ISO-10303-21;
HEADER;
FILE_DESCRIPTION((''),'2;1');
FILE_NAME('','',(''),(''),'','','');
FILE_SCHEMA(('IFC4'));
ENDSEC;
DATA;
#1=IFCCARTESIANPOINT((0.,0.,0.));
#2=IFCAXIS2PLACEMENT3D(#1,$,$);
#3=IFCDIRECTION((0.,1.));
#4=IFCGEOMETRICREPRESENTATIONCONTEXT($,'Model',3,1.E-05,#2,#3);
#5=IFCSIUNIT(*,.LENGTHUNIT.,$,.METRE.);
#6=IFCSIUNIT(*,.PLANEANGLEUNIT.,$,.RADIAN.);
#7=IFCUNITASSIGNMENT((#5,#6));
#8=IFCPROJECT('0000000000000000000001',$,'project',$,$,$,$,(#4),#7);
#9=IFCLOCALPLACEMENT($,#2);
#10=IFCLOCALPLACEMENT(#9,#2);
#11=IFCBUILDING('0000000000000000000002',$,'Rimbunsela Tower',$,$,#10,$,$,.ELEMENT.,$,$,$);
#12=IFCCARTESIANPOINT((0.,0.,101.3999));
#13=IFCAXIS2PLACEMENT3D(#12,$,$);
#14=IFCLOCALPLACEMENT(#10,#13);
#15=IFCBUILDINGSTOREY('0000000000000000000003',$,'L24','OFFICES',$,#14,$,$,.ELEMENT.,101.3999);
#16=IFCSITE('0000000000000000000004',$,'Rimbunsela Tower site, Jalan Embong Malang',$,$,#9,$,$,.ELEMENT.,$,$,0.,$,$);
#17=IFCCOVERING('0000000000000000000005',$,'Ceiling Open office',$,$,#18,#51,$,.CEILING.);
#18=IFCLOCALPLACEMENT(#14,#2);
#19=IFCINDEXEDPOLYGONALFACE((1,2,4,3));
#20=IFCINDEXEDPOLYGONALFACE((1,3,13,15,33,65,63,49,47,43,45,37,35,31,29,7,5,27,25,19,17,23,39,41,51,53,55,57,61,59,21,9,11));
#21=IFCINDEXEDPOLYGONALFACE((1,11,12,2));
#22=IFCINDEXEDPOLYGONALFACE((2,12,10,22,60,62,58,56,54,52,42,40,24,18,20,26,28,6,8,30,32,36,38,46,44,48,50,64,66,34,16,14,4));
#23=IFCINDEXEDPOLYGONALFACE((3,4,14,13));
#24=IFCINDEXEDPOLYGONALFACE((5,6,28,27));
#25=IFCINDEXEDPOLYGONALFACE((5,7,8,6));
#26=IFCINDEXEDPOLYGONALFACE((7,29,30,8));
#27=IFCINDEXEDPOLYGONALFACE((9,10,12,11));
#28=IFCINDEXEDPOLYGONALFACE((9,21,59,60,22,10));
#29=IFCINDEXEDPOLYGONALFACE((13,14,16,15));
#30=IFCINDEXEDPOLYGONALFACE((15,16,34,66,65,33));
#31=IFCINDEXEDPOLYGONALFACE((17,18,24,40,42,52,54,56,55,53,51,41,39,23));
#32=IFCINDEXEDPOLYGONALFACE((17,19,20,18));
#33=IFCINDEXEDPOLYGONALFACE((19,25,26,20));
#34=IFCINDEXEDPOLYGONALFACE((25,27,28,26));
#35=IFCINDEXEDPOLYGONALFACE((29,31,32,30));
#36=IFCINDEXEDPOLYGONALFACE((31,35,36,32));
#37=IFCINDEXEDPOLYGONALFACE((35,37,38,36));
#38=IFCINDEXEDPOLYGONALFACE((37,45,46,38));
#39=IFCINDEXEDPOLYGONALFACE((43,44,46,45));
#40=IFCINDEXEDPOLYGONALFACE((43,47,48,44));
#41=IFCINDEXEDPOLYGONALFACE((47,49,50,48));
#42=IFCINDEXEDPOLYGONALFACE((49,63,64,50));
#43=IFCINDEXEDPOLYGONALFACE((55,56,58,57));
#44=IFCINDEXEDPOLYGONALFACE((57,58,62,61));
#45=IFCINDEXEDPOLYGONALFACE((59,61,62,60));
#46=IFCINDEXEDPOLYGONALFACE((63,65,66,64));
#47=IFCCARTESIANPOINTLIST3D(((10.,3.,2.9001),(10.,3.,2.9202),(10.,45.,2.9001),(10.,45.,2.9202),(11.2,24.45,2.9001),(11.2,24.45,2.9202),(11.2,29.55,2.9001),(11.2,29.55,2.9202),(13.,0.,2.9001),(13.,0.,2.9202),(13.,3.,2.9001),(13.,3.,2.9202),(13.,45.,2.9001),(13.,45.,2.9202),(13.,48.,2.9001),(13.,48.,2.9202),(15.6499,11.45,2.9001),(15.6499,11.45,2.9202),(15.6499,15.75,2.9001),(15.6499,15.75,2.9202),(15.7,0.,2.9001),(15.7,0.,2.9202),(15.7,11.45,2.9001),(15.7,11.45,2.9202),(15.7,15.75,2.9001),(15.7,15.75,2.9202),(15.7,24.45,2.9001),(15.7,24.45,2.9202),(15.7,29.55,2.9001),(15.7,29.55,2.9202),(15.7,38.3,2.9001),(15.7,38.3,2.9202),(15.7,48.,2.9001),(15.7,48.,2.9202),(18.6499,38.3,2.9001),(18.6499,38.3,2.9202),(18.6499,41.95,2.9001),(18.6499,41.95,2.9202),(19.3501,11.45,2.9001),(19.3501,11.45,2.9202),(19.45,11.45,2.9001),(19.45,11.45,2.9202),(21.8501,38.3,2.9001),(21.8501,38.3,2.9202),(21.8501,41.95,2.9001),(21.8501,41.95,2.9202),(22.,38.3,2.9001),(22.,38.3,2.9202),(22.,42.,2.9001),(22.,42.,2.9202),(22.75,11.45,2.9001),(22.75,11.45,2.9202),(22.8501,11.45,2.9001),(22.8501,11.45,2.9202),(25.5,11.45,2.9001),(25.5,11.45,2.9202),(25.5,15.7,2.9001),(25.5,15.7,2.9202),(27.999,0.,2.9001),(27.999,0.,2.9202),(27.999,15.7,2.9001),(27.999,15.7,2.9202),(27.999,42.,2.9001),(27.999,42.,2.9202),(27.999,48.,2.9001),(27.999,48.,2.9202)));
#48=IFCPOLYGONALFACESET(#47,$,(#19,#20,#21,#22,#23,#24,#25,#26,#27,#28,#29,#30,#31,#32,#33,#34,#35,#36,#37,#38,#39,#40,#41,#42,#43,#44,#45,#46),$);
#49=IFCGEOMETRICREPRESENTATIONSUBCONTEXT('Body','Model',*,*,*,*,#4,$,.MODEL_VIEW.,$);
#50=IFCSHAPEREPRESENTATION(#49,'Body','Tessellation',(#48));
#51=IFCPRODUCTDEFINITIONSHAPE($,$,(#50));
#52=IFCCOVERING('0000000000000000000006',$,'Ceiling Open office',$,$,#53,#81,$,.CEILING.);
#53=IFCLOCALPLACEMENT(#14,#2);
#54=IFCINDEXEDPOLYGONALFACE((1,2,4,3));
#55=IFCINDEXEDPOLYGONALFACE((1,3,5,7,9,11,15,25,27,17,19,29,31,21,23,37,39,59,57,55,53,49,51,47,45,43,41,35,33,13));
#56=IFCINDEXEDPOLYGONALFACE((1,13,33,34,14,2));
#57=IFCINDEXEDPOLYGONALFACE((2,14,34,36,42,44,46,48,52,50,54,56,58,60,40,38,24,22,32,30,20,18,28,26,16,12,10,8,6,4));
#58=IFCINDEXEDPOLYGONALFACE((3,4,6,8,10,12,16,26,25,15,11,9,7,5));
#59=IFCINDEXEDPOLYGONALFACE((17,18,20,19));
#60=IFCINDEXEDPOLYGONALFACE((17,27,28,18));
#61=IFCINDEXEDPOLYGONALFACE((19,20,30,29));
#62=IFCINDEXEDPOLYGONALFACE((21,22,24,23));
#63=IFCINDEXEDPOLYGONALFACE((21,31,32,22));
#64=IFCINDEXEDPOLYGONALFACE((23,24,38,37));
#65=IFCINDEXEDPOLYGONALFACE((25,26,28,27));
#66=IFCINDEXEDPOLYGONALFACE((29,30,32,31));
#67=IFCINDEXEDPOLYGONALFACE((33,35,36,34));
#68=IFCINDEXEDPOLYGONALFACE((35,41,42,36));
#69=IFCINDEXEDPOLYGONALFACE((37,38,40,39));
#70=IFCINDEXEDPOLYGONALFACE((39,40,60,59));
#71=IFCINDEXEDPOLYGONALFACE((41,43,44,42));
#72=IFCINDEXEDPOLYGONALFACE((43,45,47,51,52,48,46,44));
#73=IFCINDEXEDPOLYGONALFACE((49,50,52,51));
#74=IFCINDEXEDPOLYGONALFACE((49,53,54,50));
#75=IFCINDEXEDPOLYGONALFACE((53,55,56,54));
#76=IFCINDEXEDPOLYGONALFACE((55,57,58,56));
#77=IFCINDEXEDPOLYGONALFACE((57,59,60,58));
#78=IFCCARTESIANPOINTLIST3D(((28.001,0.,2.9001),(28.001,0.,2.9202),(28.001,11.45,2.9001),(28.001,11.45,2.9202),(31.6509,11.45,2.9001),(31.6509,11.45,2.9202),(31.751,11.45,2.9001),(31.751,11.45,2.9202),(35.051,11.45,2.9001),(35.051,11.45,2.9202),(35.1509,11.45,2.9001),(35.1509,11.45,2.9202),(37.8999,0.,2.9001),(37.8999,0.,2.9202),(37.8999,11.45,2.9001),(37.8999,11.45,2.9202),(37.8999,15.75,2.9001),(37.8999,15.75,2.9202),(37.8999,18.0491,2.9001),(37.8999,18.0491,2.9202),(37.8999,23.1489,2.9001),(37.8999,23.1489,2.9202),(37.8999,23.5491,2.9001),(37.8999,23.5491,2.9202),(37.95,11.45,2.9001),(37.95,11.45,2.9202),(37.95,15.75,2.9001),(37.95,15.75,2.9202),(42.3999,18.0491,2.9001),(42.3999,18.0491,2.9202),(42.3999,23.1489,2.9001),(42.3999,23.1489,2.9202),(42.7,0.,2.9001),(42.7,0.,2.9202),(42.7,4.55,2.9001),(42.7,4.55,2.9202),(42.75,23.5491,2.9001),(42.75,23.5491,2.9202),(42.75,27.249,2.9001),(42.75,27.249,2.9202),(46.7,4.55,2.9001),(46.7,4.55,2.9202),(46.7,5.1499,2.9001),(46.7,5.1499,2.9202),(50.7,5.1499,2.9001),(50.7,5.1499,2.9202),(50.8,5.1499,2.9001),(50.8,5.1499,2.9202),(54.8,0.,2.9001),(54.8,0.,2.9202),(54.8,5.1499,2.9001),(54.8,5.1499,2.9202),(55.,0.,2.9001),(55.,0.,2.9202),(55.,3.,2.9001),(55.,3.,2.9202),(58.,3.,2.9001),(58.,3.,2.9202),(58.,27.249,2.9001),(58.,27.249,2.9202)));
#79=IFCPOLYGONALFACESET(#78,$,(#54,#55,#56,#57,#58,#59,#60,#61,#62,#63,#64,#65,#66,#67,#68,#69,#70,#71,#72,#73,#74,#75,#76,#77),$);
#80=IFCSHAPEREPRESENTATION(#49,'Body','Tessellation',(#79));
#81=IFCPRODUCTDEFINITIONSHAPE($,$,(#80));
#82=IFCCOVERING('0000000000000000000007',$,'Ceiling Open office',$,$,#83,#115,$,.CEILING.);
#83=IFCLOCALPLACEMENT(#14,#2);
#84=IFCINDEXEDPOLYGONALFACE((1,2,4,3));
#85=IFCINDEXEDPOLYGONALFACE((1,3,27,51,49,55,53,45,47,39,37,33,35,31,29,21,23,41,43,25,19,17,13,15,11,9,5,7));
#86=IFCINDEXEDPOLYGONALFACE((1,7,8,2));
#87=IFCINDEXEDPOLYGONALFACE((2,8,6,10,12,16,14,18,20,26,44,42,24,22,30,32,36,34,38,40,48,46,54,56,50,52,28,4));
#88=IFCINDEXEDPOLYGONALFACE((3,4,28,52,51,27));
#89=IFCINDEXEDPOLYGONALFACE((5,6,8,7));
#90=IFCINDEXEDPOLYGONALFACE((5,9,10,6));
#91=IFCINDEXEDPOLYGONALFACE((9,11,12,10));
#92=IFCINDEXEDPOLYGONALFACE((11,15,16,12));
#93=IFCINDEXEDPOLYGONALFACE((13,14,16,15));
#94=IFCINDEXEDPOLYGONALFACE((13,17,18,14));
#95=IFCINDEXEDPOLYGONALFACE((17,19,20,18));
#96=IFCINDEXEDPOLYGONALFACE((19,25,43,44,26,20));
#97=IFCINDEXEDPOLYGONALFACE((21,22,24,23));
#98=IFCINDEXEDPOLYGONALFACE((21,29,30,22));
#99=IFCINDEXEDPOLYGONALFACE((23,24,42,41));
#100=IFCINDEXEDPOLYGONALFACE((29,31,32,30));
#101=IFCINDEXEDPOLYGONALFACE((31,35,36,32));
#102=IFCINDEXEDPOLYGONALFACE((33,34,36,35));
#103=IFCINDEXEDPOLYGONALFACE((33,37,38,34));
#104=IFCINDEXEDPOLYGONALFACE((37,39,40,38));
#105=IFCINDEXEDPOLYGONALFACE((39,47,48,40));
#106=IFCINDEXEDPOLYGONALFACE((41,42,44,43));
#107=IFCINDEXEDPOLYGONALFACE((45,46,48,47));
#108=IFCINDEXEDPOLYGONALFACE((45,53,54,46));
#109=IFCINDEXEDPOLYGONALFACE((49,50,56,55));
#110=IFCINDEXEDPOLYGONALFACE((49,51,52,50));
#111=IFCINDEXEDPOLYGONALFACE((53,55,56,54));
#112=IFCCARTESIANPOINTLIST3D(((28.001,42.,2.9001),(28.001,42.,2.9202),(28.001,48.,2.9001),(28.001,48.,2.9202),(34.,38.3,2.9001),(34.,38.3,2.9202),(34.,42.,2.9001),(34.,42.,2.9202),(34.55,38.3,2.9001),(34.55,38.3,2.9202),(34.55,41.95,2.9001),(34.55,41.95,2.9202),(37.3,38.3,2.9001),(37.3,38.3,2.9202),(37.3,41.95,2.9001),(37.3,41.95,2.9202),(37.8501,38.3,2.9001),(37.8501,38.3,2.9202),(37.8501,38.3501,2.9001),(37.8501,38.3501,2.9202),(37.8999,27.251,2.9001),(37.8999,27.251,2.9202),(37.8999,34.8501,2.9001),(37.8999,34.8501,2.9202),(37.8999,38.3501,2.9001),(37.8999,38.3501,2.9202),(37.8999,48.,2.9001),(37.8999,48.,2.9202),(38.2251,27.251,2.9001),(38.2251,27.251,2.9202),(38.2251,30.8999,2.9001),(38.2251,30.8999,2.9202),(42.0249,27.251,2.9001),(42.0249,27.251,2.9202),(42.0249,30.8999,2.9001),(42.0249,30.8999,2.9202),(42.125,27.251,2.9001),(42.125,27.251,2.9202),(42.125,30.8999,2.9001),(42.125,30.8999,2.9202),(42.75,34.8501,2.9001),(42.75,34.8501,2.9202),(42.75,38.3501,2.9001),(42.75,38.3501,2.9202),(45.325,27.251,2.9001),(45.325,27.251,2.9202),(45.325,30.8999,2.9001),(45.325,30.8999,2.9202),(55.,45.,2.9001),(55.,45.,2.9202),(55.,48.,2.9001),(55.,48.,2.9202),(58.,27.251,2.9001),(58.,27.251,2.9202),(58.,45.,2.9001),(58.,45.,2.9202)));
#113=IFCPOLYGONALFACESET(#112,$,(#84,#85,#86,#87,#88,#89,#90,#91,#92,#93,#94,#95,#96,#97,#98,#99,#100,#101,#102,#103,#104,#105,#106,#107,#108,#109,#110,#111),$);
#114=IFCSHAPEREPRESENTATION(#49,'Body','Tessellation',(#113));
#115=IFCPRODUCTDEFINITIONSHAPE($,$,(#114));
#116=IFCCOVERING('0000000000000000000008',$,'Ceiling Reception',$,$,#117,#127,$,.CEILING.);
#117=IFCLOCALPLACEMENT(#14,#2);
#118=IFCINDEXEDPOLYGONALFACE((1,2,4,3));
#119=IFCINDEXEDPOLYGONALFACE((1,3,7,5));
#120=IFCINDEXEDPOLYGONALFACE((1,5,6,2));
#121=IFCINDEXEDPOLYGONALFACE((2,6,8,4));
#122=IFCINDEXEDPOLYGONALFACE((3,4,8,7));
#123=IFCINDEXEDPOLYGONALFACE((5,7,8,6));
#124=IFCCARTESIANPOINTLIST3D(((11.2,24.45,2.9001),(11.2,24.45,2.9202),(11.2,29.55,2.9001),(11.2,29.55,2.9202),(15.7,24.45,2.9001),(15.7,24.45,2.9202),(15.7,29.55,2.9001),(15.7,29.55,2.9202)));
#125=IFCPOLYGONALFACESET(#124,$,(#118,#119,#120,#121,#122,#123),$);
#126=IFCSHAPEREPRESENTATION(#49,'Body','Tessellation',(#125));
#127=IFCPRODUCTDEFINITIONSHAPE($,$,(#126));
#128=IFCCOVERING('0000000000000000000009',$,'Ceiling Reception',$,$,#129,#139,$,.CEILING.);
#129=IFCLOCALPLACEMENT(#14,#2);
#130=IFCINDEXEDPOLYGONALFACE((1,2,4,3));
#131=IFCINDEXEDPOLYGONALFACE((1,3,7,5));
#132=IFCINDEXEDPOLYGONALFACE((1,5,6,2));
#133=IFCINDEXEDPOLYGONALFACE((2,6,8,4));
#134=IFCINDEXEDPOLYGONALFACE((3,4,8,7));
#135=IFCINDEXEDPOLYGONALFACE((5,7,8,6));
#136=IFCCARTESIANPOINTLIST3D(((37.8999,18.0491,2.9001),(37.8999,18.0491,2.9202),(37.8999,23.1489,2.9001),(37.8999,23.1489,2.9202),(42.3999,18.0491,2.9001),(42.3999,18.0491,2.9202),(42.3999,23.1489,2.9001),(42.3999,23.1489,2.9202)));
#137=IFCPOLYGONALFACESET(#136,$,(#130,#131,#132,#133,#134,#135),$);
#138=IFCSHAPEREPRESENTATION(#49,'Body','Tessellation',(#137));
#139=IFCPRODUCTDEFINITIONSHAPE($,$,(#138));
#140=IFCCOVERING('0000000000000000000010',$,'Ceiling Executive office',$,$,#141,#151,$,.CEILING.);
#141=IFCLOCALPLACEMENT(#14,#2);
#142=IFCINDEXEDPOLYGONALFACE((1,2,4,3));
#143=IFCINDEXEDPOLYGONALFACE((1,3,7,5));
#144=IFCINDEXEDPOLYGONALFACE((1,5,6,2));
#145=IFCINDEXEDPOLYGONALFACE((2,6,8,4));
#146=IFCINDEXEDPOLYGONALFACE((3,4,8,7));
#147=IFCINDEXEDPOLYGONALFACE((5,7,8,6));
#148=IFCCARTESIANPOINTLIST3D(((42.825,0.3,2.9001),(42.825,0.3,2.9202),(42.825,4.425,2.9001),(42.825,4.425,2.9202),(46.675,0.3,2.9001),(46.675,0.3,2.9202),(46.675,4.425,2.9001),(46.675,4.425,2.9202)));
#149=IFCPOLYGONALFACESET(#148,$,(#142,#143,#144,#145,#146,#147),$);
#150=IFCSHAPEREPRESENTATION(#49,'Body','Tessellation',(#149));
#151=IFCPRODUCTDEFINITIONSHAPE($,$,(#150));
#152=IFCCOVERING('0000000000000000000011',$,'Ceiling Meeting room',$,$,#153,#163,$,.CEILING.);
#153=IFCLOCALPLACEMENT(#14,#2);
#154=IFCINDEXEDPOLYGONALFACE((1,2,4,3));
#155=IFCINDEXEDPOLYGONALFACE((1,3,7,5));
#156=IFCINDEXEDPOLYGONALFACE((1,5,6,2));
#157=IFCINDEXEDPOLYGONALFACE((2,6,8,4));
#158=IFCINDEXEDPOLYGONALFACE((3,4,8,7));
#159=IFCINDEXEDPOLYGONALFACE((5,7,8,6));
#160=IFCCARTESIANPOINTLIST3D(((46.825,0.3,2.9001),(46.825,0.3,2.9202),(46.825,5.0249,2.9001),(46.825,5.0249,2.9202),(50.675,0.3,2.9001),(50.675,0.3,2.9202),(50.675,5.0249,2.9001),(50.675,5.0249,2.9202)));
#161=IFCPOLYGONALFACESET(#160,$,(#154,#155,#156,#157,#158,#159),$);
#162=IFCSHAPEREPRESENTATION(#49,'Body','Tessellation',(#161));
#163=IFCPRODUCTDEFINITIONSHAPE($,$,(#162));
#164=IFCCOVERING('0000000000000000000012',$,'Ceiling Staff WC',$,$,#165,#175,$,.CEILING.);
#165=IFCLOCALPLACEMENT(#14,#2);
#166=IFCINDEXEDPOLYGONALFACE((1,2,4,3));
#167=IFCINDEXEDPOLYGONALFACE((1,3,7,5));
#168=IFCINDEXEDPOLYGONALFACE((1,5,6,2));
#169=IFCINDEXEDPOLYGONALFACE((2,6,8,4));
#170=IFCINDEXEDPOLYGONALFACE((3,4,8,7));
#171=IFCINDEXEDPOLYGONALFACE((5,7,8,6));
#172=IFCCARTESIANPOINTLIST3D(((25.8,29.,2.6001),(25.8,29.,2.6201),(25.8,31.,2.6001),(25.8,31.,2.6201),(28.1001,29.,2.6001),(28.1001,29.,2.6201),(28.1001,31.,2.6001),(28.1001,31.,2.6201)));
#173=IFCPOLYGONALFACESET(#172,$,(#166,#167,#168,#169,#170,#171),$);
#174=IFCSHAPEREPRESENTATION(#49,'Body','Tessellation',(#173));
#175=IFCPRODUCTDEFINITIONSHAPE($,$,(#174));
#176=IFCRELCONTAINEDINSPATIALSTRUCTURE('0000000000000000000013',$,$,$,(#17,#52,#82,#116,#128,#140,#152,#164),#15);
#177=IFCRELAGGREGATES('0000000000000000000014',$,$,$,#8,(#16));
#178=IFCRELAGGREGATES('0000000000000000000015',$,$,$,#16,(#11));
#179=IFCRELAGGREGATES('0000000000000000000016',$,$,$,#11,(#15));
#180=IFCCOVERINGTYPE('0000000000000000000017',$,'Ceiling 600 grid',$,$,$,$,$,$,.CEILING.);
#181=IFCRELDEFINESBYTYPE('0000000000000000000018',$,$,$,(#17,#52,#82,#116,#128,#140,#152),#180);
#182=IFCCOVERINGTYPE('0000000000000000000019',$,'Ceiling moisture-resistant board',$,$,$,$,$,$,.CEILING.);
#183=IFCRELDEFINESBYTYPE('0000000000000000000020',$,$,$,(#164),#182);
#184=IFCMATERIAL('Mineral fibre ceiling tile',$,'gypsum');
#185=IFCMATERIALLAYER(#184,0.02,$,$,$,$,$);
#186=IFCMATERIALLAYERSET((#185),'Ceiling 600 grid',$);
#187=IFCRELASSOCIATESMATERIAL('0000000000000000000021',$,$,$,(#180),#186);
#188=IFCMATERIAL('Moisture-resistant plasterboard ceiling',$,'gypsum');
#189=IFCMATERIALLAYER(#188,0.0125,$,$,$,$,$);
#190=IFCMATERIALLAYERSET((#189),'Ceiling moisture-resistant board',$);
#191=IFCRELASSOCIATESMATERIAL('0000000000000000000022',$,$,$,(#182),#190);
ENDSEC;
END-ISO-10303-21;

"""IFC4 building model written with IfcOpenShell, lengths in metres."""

from ifc_helpers import new_model, si_unit, direction, frame, origin, place, context, subcontext, project, spatial, polyline, outline, extrude, material, layer, layer_set, type_object, element, save


model = new_model("IFC4")

# Units and contexts
model_context = context("Model", 3, precision=1e-05, world=origin(), true_north=direction((0.0, 1.0)))
body_context = subcontext(model_context, "Body", "Model", "MODEL_VIEW")
ifc_project = project(units=[si_unit("LENGTHUNIT", "METRE"), si_unit("PLANEANGLEUNIT", "RADIAN")], contexts=[model_context])

# Site, building, storey
site_placement = place(None, origin())
site = spatial("IfcSite", under=ifc_project, at=site_placement, Name="Rimbunsela Tower site, Jalan Embong Malang", CompositionType="ELEMENT", RefElevation=0.0)
building_placement = place(site_placement, origin())
building = spatial("IfcBuilding", under=site, at=building_placement, Name="Rimbunsela Tower", CompositionType="ELEMENT")
storey_placement = place(building_placement, frame((0.0, 0.0, 101.3999)))
storey = spatial("IfcBuildingStorey", under=building, at=storey_placement, Name="L24", Description="OFFICES", CompositionType="ELEMENT", Elevation=101.3999)

# Coverings
ifc_material_1 = material(Name="Mineral fibre ceiling tile", Category="gypsum")
ifc_layer_1 = layer(ifc_material_1, 0.02)
ifc_layer_set_1 = layer_set([ifc_layer_1], Name="Ceiling 600 grid")
covering_type_1 = type_object("IfcCoveringType", Name="Ceiling 600 grid", PredefinedType="CEILING", material=ifc_layer_set_1)
covering_1_placement = place(storey_placement, frame((0.0, 0.0, 2.9001)))
element("IfcCovering", 1, at=covering_1_placement, inside=storey, type_object=covering_type_1, Name="Ceiling Open office", PredefinedType="CEILING", context=body_context, shape_type="SweptSolid", body=[
    extrude(outline(polyline([(19.45, 11.45), (22.75, 11.45), (22.8501, 11.45), (25.5, 11.45), (25.5, 15.7), (27.999, 15.7), (27.999, 0.0), (15.7, 0.0), (13.0, 0.0), (13.0, 3.0), (10.0, 3.0), (10.0, 45.0), (13.0, 45.0), (13.0, 48.0), (15.7, 48.0), (27.999, 48.0), (27.999, 42.0), (22.0, 42.0), (22.0, 38.3), (21.8501, 38.3), (21.8501, 41.95), (18.6499, 41.95), (18.6499, 38.3), (15.7, 38.3), (15.7, 29.55), (11.2, 29.55), (11.2, 24.45), (15.7, 24.45), (15.7, 15.75), (15.6499, 15.75), (15.6499, 11.45), (15.7, 11.45), (19.3501, 11.45), (19.45, 11.45)])), origin(), (0.0, 0.0, 1.0), 0.02),
])
covering_2_placement = place(storey_placement, frame((0.0, 0.0, 2.9001)))
element("IfcCovering", 2, at=covering_2_placement, inside=storey, type_object=covering_type_1, Name="Ceiling Open office", PredefinedType="CEILING", context=body_context, shape_type="SweptSolid", body=[
    extrude(outline(polyline([(28.001, 11.45), (31.6509, 11.45), (31.751, 11.45), (35.051, 11.45), (35.1509, 11.45), (37.8999, 11.45), (37.95, 11.45), (37.95, 15.75), (37.8999, 15.75), (37.8999, 18.0491), (42.3999, 18.0491), (42.3999, 23.1489), (37.8999, 23.1489), (37.8999, 23.5491), (42.75, 23.5491), (42.75, 27.249), (58.0, 27.249), (58.0, 3.0), (55.0, 3.0), (55.0, 0.0), (54.8, 0.0), (54.8, 5.1499), (50.8, 5.1499), (50.7, 5.1499), (46.7, 5.1499), (46.7, 4.55), (42.7, 4.55), (42.7, 0.0), (37.8999, 0.0), (28.001, 0.0), (28.001, 11.45)])), origin(), (0.0, 0.0, 1.0), 0.02),
])
covering_3_placement = place(storey_placement, frame((0.0, 0.0, 2.9001)))
element("IfcCovering", 3, at=covering_3_placement, inside=storey, type_object=covering_type_1, Name="Ceiling Open office", PredefinedType="CEILING", context=body_context, shape_type="SweptSolid", body=[
    extrude(outline(polyline([(58.0, 27.251), (45.325, 27.251), (45.325, 30.8999), (42.125, 30.8999), (42.125, 27.251), (42.0249, 27.251), (42.0249, 30.8999), (38.2251, 30.8999), (38.2251, 27.251), (37.8999, 27.251), (37.8999, 34.8501), (42.75, 34.8501), (42.75, 38.3501), (37.8999, 38.3501), (37.8501, 38.3501), (37.8501, 38.3), (37.3, 38.3), (37.3, 41.95), (34.55, 41.95), (34.55, 38.3), (34.0, 38.3), (34.0, 42.0), (28.001, 42.0), (28.001, 48.0), (37.8999, 48.0), (55.0, 48.0), (55.0, 45.0), (58.0, 45.0), (58.0, 27.251)])), origin(), (0.0, 0.0, 1.0), 0.02),
])
covering_4_placement = place(storey_placement, frame((0.0, 0.0, 2.9001)))
element("IfcCovering", 4, at=covering_4_placement, inside=storey, type_object=covering_type_1, Name="Ceiling Reception", PredefinedType="CEILING", context=body_context, shape_type="SweptSolid", body=[
    extrude(outline(polyline([(15.7, 24.45), (15.7, 29.55), (11.2, 29.55), (11.2, 24.45), (15.7, 24.45)])), origin(), (0.0, 0.0, 1.0), 0.02),
])
covering_5_placement = place(storey_placement, frame((0.0, 0.0, 2.9001)))
element("IfcCovering", 5, at=covering_5_placement, inside=storey, type_object=covering_type_1, Name="Ceiling Reception", PredefinedType="CEILING", context=body_context, shape_type="SweptSolid", body=[
    extrude(outline(polyline([(42.3999, 18.0491), (42.3999, 23.1489), (37.8999, 23.1489), (37.8999, 18.0491), (42.3999, 18.0491)])), origin(), (0.0, 0.0, 1.0), 0.02),
])
covering_6_placement = place(storey_placement, frame((0.0, 0.0, 2.9001)))
element("IfcCovering", 6, at=covering_6_placement, inside=storey, type_object=covering_type_1, Name="Ceiling Executive office", PredefinedType="CEILING", context=body_context, shape_type="SweptSolid", body=[
    extrude(outline(polyline([(46.675, 0.3), (46.675, 4.425), (42.825, 4.425), (42.825, 0.3), (46.675, 0.3)])), origin(), (0.0, 0.0, 1.0), 0.02),
])
covering_7_placement = place(storey_placement, frame((0.0, 0.0, 2.9001)))
element("IfcCovering", 7, at=covering_7_placement, inside=storey, type_object=covering_type_1, Name="Ceiling Meeting room", PredefinedType="CEILING", context=body_context, shape_type="SweptSolid", body=[
    extrude(outline(polyline([(50.675, 0.3), (50.675, 5.0249), (46.825, 5.0249), (46.825, 0.3), (50.675, 0.3)])), origin(), (0.0, 0.0, 1.0), 0.02),
])
ifc_material_2 = material(Name="Moisture-resistant plasterboard ceiling", Category="gypsum")
ifc_layer_2 = layer(ifc_material_2, 0.0125)
ifc_layer_set_2 = layer_set([ifc_layer_2], Name="Ceiling moisture-resistant board")
covering_type_2 = type_object("IfcCoveringType", Name="Ceiling moisture-resistant board", PredefinedType="CEILING", material=ifc_layer_set_2)
covering_8_placement = place(storey_placement, frame((0.0, 0.0, 2.6001)))
element("IfcCovering", 8, at=covering_8_placement, inside=storey, type_object=covering_type_2, Name="Ceiling Staff WC", PredefinedType="CEILING", context=body_context, shape_type="SweptSolid", body=[
    extrude(outline(polyline([(28.1001, 29.0), (28.1001, 31.0), (25.8, 31.0), (25.8, 29.0), (28.1001, 29.0)])), origin(), (0.0, 0.0, 1.0), 0.02),
])

save(model, "model.ifc")
